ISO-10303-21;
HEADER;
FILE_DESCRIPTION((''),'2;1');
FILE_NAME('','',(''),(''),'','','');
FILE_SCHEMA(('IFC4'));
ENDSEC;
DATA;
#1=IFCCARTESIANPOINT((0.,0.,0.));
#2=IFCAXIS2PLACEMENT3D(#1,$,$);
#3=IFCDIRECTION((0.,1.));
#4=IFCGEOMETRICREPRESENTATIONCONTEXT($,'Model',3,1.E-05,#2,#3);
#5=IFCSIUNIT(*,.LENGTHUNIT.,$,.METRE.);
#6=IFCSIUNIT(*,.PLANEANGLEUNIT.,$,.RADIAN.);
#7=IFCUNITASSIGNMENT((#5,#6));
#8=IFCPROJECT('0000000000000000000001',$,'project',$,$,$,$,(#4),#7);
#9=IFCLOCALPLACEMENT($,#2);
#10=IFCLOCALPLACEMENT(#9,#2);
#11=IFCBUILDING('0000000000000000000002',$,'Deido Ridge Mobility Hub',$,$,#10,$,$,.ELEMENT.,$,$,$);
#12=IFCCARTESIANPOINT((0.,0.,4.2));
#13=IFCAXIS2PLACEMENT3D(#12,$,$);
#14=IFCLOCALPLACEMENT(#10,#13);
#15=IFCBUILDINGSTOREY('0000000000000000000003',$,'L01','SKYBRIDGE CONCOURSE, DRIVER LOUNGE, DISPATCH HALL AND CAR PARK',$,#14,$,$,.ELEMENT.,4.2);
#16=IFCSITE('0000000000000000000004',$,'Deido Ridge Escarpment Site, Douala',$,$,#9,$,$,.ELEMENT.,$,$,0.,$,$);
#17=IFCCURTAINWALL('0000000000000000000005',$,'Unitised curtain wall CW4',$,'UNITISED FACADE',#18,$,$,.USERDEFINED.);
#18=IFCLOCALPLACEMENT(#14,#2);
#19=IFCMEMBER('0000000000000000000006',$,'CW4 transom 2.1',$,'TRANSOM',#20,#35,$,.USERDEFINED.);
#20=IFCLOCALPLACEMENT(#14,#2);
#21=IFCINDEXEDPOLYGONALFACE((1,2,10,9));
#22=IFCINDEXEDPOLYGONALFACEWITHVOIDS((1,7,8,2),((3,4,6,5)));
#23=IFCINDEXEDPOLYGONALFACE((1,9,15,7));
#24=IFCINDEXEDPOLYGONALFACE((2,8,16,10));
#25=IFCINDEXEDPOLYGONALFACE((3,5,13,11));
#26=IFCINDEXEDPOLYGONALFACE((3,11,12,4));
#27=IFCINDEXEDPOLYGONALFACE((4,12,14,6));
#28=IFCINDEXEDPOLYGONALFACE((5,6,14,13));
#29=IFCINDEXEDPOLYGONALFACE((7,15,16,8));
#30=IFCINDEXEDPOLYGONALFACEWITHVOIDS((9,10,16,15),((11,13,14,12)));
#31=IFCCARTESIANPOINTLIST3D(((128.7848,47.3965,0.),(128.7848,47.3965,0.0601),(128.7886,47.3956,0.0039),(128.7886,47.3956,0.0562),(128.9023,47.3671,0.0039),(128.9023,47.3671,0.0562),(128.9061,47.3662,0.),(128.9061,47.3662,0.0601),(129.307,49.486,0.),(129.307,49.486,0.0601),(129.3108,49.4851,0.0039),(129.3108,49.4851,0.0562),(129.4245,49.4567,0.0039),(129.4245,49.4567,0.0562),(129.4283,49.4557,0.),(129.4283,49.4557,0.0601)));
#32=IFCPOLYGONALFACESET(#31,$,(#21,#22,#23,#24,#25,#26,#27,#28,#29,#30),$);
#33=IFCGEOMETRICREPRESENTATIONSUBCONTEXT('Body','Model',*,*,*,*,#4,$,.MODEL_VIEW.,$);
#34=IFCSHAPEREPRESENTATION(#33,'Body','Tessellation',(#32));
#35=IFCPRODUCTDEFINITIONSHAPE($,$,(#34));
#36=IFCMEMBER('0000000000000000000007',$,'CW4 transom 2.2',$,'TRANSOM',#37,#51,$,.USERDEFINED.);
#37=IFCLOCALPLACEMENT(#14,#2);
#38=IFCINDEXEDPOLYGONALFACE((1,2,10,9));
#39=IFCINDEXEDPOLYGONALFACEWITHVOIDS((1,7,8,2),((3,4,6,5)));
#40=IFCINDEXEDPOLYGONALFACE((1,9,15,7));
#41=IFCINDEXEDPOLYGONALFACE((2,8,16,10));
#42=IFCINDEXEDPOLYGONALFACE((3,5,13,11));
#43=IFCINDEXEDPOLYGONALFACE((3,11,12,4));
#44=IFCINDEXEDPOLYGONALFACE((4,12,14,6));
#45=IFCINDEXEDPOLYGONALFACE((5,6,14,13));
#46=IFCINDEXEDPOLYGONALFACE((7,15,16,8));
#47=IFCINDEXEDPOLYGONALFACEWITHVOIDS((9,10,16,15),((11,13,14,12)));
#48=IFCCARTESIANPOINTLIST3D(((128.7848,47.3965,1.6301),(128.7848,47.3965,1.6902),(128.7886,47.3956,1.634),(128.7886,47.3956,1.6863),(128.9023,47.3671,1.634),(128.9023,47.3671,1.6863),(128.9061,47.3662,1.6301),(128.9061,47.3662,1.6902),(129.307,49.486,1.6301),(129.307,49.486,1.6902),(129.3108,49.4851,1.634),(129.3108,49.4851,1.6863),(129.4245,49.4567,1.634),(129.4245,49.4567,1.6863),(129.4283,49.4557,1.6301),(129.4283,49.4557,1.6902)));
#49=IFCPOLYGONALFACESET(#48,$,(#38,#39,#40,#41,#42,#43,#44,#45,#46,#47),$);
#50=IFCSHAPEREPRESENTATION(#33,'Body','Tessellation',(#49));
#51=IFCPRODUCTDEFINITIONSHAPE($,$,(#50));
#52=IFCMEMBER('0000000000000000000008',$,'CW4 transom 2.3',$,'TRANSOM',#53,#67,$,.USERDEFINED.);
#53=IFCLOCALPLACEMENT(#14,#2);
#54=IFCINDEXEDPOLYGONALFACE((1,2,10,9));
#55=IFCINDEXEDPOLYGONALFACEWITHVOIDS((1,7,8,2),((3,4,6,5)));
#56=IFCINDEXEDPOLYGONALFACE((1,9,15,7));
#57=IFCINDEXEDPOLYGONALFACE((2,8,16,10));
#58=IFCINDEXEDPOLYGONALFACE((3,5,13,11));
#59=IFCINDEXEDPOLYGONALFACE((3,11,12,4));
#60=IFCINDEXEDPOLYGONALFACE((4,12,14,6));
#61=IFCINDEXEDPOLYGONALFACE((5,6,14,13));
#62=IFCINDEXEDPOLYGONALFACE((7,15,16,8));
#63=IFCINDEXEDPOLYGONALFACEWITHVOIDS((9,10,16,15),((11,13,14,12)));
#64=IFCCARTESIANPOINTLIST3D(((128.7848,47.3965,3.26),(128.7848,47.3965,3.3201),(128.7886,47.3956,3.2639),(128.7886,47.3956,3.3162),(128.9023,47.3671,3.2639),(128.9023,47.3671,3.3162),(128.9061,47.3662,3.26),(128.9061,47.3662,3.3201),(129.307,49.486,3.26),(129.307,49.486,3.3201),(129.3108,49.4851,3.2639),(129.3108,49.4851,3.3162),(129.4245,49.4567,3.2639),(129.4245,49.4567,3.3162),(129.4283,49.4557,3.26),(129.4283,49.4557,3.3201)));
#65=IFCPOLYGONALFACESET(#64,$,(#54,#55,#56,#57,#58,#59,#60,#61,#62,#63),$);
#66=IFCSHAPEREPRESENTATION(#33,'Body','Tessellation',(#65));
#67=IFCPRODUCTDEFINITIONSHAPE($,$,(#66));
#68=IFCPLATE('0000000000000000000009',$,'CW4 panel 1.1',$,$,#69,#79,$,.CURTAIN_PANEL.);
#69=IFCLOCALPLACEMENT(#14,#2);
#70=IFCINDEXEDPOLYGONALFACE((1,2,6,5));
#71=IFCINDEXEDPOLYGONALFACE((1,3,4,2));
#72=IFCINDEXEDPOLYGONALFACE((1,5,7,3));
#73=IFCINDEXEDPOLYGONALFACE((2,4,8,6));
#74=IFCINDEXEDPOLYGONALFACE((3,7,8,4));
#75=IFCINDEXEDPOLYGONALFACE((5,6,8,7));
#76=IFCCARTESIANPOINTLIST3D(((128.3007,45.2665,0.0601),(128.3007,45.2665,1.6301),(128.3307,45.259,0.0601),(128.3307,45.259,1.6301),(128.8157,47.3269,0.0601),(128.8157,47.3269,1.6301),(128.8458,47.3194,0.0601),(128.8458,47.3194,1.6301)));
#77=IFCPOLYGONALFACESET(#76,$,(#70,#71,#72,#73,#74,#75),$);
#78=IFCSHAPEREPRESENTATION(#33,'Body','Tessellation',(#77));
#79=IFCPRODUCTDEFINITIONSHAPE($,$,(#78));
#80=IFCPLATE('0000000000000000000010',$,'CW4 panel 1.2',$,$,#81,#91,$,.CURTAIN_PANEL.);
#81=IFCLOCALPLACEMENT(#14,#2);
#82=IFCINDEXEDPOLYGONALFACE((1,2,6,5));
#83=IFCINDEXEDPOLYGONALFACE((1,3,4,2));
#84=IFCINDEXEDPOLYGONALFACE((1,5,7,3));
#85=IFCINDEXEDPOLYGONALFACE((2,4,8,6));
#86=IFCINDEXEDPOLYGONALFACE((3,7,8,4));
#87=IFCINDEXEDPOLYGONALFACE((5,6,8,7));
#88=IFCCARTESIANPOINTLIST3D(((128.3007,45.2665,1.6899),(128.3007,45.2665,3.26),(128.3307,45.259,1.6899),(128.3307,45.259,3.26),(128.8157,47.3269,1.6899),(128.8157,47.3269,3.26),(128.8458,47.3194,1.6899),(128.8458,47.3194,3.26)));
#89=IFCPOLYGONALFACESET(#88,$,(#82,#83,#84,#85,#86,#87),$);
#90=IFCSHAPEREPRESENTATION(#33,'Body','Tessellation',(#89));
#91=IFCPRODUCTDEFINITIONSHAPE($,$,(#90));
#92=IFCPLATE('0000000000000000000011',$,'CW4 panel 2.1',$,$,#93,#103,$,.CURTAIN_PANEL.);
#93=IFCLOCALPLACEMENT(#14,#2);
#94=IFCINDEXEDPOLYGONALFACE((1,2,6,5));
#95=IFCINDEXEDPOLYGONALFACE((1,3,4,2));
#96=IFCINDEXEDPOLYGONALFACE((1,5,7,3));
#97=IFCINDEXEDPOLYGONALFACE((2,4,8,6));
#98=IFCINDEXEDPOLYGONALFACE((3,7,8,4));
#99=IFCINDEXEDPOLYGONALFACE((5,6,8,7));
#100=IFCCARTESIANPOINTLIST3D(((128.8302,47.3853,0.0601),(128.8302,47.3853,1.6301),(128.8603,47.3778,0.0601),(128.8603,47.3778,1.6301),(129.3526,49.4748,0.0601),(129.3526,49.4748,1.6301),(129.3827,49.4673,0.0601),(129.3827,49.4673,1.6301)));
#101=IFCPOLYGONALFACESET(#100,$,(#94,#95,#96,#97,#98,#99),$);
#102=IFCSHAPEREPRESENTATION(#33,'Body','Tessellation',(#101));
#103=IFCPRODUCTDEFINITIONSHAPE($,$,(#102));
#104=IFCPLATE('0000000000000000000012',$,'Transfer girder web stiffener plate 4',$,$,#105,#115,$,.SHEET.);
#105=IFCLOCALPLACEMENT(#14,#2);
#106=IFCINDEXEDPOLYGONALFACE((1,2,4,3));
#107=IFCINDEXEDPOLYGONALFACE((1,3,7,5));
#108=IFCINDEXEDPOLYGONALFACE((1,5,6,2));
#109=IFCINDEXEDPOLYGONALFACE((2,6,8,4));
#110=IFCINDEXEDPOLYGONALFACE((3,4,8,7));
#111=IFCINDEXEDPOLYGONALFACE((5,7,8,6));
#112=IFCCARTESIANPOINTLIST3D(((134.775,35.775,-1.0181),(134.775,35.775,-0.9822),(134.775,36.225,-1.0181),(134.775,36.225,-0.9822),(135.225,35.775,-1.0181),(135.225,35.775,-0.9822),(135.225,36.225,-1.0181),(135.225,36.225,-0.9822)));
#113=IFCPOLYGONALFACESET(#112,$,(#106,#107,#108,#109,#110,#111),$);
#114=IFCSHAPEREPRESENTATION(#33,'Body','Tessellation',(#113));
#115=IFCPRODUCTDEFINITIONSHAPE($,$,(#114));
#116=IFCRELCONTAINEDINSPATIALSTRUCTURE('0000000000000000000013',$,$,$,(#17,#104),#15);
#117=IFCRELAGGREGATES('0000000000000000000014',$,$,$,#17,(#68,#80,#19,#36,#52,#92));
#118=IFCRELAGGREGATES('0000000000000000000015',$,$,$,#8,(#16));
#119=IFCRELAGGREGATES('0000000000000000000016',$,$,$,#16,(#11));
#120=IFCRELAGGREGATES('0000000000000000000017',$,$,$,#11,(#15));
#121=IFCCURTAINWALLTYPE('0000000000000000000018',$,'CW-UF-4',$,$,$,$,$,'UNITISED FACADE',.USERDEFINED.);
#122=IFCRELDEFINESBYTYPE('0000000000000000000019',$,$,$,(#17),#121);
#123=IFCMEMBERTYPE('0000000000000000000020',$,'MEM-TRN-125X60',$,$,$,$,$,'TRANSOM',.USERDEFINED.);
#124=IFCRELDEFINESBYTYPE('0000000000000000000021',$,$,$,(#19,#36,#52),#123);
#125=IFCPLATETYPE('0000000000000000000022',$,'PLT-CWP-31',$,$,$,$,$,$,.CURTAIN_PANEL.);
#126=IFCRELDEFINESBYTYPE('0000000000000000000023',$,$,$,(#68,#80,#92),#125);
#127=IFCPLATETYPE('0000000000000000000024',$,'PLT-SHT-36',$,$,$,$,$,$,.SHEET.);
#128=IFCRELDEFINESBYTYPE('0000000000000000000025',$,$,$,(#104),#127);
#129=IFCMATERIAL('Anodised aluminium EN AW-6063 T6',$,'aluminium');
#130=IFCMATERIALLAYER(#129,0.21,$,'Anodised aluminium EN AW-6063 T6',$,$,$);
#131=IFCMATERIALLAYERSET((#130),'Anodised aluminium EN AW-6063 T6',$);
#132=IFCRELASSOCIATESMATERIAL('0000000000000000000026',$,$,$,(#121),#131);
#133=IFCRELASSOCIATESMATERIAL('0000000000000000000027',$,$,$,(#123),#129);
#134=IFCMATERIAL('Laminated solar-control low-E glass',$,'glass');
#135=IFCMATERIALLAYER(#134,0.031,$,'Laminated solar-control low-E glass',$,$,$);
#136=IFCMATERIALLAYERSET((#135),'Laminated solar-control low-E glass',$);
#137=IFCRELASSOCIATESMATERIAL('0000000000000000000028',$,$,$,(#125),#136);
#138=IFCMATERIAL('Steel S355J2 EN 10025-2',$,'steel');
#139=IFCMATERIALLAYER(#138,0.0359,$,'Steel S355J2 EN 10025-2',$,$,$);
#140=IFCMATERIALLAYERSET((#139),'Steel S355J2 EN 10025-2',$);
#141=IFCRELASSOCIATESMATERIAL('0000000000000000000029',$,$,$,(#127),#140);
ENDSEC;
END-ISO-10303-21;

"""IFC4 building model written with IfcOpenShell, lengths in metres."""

from ifc_helpers import new_model, si_unit, direction, frame, origin, origin_2d, place, context, subcontext, project, spatial, rectangle, hollow_rectangle, extrude, material, layer, layer_set, material_profile, profile_set, type_object, element, aggregate, save


model = new_model("IFC4")

# Units and contexts
model_context = context("Model", 3, precision=1e-05, world=origin(), true_north=direction((0.0, 1.0)))
body_context = subcontext(model_context, "Body", "Model", "MODEL_VIEW")
ifc_project = project(units=[si_unit("LENGTHUNIT", "METRE"), si_unit("PLANEANGLEUNIT", "RADIAN")], contexts=[model_context])

# Site, building, storey
site_placement = place(None, origin())
site = spatial("IfcSite", under=ifc_project, at=site_placement, Name="Deido Ridge Escarpment Site, Douala", CompositionType="ELEMENT", RefElevation=0.0)
building_placement = place(site_placement, origin())
building = spatial("IfcBuilding", under=site, at=building_placement, Name="Deido Ridge Mobility Hub", CompositionType="ELEMENT")
storey_placement = place(building_placement, frame((0.0, 0.0, 4.2)))
storey = spatial("IfcBuildingStorey", under=building, at=storey_placement, Name="L01", Description="SKYBRIDGE CONCOURSE, DRIVER LOUNGE, DISPATCH HALL AND CAR PARK", CompositionType="ELEMENT", Elevation=4.2)

# Shared definitions
ifc_material_1 = material(Name="Steel S355J2 EN 10025-2", Category="steel")

# Curtain wall, members, plates
ifc_material_2 = material(Name="Anodised aluminium EN AW-6063 T6", Category="aluminium")
ifc_layer_1 = layer(ifc_material_2, 0.21, Name="Anodised aluminium EN AW-6063 T6")
ifc_layer_set_1 = layer_set([ifc_layer_1], Name="Anodised aluminium EN AW-6063 T6")
curtain_wall_type = type_object("IfcCurtainWallType", Name="CW-UF-4", ElementType="UNITISED FACADE", PredefinedType="USERDEFINED", material=ifc_layer_set_1)
curtain_wall_placement = place(storey_placement, origin())
curtain_wall = element("IfcCurtainWall", 1, at=curtain_wall_placement, inside=storey, type_object=curtain_wall_type, Name="Unitised curtain wall CW4", ObjectType="UNITISED FACADE", PredefinedType="USERDEFINED")
ifc_material_profile_1 = material_profile(ifc_material_2, hollow_rectangle(XDim=0.125, YDim=0.0601, WallThickness=0.0039, at=origin_2d()), Name="RHS 125x60x4")
ifc_profile_set_1 = profile_set([ifc_material_profile_1], Name="Anodised aluminium EN AW-6063 T6")
member_type_1 = type_object("IfcMemberType", Name="MEM-TRN-125X60", ElementType="TRANSOM", PredefinedType="USERDEFINED", material=ifc_profile_set_1)
member_1_placement = place(storey_placement, frame((128.8455, 47.3813, 0.03), z_axis=(0.242456, 0.970162, 0.0), x_axis=(-0.970162, 0.242456, 0.0)))
member_1 = element("IfcMember", 2, at=member_1_placement, type_object=member_type_1, Name="CW4 transom 2.1", ObjectType="TRANSOM", PredefinedType="USERDEFINED", context=body_context, shape_type="SweptSolid", body=[
    extrude(hollow_rectangle(XDim=0.125, YDim=0.0601, WallThickness=0.0039, at=origin_2d()), origin(), (0.0, 0.0, 1.0), 2.1538),
])
member_2_placement = place(storey_placement, frame((128.8455, 47.3813, 1.6602), z_axis=(0.242456, 0.970162, 0.0), x_axis=(-0.970162, 0.242456, 0.0)))
member_2 = element("IfcMember", 3, at=member_2_placement, type_object=member_type_1, Name="CW4 transom 2.2", ObjectType="TRANSOM", PredefinedType="USERDEFINED", context=body_context, shape_type="SweptSolid", body=[
    extrude(hollow_rectangle(XDim=0.125, YDim=0.0601, WallThickness=0.0039, at=origin_2d()), origin(), (0.0, 0.0, 1.0), 2.1538),
])
member_3_placement = place(storey_placement, frame((128.8455, 47.3813, 3.29), z_axis=(0.242456, 0.970162, 0.0), x_axis=(-0.970162, 0.242456, 0.0)))
member_3 = element("IfcMember", 4, at=member_3_placement, type_object=member_type_1, Name="CW4 transom 2.3", ObjectType="TRANSOM", PredefinedType="USERDEFINED", context=body_context, shape_type="SweptSolid", body=[
    extrude(hollow_rectangle(XDim=0.125, YDim=0.0601, WallThickness=0.0039, at=origin_2d()), origin(), (0.0, 0.0, 1.0), 2.1538),
])
ifc_material_3 = material(Name="Laminated solar-control low-E glass", Category="glass")
ifc_layer_2 = layer(ifc_material_3, 0.031, Name="Laminated solar-control low-E glass")
ifc_layer_set_2 = layer_set([ifc_layer_2], Name="Laminated solar-control low-E glass")
plate_type_1 = type_object("IfcPlateType", Name="PLT-CWP-31", PredefinedType="CURTAIN_PANEL", material=ifc_layer_set_2)
plate_1_placement = place(storey_placement, frame((128.5732, 46.293, 0.0601), z_axis=(0.0, 0.0, 1.0), x_axis=(0.24253, 0.970144, 0.0)))
plate_1 = element("IfcPlate", 5, at=plate_1_placement, type_object=plate_type_1, Name="CW4 panel 1.1", PredefinedType="CURTAIN_PANEL", context=body_context, shape_type="SweptSolid", body=[
    extrude(rectangle(XDim=2.1238, YDim=0.031, at=origin_2d()), origin(), (0.0, 0.0, 1.0), 1.5701),
])
plate_2_placement = place(storey_placement, frame((128.5732, 46.293, 1.6899), z_axis=(0.0, 0.0, 1.0), x_axis=(0.24253, 0.970144, 0.0)))
plate_2 = element("IfcPlate", 6, at=plate_2_placement, type_object=plate_type_1, Name="CW4 panel 1.2", PredefinedType="CURTAIN_PANEL", context=body_context, shape_type="SweptSolid", body=[
    extrude(rectangle(XDim=2.1238, YDim=0.031, at=origin_2d()), origin(), (0.0, 0.0, 1.0), 1.5701),
])
plate_3_placement = place(storey_placement, frame((129.1064, 48.4263, 0.0601), z_axis=(0.0, 0.0, 1.0), x_axis=(0.24253, 0.970144, 0.0)))
plate_3 = element("IfcPlate", 7, at=plate_3_placement, type_object=plate_type_1, Name="CW4 panel 2.1", PredefinedType="CURTAIN_PANEL", context=body_context, shape_type="SweptSolid", body=[
    extrude(rectangle(XDim=2.1538, YDim=0.031, at=origin_2d()), origin(), (0.0, 0.0, 1.0), 1.5701),
])
aggregate(curtain_wall, [plate_1, plate_2, member_1, member_2, member_3, plate_3])

# Plate
ifc_layer_3 = layer(ifc_material_1, 0.0359, Name="Steel S355J2 EN 10025-2")
ifc_layer_set_3 = layer_set([ifc_layer_3], Name="Steel S355J2 EN 10025-2")
plate_type_2 = type_object("IfcPlateType", Name="PLT-SHT-36", PredefinedType="SHEET", material=ifc_layer_set_3)
plate_4_placement = place(storey_placement, frame((135.0, 36.0, -1.0181), z_axis=(0.0, 0.0, 1.0), x_axis=(1.0, 0.0, 0.0)))
element("IfcPlate", 8, at=plate_4_placement, inside=storey, type_object=plate_type_2, Name="Transfer girder web stiffener plate 4", PredefinedType="SHEET", context=body_context, shape_type="SweptSolid", body=[
    extrude(rectangle(XDim=0.45, YDim=0.45, at=origin_2d()), origin(), (0.0, 0.0, 1.0), 0.0359),
])

save(model, "model.ifc")
